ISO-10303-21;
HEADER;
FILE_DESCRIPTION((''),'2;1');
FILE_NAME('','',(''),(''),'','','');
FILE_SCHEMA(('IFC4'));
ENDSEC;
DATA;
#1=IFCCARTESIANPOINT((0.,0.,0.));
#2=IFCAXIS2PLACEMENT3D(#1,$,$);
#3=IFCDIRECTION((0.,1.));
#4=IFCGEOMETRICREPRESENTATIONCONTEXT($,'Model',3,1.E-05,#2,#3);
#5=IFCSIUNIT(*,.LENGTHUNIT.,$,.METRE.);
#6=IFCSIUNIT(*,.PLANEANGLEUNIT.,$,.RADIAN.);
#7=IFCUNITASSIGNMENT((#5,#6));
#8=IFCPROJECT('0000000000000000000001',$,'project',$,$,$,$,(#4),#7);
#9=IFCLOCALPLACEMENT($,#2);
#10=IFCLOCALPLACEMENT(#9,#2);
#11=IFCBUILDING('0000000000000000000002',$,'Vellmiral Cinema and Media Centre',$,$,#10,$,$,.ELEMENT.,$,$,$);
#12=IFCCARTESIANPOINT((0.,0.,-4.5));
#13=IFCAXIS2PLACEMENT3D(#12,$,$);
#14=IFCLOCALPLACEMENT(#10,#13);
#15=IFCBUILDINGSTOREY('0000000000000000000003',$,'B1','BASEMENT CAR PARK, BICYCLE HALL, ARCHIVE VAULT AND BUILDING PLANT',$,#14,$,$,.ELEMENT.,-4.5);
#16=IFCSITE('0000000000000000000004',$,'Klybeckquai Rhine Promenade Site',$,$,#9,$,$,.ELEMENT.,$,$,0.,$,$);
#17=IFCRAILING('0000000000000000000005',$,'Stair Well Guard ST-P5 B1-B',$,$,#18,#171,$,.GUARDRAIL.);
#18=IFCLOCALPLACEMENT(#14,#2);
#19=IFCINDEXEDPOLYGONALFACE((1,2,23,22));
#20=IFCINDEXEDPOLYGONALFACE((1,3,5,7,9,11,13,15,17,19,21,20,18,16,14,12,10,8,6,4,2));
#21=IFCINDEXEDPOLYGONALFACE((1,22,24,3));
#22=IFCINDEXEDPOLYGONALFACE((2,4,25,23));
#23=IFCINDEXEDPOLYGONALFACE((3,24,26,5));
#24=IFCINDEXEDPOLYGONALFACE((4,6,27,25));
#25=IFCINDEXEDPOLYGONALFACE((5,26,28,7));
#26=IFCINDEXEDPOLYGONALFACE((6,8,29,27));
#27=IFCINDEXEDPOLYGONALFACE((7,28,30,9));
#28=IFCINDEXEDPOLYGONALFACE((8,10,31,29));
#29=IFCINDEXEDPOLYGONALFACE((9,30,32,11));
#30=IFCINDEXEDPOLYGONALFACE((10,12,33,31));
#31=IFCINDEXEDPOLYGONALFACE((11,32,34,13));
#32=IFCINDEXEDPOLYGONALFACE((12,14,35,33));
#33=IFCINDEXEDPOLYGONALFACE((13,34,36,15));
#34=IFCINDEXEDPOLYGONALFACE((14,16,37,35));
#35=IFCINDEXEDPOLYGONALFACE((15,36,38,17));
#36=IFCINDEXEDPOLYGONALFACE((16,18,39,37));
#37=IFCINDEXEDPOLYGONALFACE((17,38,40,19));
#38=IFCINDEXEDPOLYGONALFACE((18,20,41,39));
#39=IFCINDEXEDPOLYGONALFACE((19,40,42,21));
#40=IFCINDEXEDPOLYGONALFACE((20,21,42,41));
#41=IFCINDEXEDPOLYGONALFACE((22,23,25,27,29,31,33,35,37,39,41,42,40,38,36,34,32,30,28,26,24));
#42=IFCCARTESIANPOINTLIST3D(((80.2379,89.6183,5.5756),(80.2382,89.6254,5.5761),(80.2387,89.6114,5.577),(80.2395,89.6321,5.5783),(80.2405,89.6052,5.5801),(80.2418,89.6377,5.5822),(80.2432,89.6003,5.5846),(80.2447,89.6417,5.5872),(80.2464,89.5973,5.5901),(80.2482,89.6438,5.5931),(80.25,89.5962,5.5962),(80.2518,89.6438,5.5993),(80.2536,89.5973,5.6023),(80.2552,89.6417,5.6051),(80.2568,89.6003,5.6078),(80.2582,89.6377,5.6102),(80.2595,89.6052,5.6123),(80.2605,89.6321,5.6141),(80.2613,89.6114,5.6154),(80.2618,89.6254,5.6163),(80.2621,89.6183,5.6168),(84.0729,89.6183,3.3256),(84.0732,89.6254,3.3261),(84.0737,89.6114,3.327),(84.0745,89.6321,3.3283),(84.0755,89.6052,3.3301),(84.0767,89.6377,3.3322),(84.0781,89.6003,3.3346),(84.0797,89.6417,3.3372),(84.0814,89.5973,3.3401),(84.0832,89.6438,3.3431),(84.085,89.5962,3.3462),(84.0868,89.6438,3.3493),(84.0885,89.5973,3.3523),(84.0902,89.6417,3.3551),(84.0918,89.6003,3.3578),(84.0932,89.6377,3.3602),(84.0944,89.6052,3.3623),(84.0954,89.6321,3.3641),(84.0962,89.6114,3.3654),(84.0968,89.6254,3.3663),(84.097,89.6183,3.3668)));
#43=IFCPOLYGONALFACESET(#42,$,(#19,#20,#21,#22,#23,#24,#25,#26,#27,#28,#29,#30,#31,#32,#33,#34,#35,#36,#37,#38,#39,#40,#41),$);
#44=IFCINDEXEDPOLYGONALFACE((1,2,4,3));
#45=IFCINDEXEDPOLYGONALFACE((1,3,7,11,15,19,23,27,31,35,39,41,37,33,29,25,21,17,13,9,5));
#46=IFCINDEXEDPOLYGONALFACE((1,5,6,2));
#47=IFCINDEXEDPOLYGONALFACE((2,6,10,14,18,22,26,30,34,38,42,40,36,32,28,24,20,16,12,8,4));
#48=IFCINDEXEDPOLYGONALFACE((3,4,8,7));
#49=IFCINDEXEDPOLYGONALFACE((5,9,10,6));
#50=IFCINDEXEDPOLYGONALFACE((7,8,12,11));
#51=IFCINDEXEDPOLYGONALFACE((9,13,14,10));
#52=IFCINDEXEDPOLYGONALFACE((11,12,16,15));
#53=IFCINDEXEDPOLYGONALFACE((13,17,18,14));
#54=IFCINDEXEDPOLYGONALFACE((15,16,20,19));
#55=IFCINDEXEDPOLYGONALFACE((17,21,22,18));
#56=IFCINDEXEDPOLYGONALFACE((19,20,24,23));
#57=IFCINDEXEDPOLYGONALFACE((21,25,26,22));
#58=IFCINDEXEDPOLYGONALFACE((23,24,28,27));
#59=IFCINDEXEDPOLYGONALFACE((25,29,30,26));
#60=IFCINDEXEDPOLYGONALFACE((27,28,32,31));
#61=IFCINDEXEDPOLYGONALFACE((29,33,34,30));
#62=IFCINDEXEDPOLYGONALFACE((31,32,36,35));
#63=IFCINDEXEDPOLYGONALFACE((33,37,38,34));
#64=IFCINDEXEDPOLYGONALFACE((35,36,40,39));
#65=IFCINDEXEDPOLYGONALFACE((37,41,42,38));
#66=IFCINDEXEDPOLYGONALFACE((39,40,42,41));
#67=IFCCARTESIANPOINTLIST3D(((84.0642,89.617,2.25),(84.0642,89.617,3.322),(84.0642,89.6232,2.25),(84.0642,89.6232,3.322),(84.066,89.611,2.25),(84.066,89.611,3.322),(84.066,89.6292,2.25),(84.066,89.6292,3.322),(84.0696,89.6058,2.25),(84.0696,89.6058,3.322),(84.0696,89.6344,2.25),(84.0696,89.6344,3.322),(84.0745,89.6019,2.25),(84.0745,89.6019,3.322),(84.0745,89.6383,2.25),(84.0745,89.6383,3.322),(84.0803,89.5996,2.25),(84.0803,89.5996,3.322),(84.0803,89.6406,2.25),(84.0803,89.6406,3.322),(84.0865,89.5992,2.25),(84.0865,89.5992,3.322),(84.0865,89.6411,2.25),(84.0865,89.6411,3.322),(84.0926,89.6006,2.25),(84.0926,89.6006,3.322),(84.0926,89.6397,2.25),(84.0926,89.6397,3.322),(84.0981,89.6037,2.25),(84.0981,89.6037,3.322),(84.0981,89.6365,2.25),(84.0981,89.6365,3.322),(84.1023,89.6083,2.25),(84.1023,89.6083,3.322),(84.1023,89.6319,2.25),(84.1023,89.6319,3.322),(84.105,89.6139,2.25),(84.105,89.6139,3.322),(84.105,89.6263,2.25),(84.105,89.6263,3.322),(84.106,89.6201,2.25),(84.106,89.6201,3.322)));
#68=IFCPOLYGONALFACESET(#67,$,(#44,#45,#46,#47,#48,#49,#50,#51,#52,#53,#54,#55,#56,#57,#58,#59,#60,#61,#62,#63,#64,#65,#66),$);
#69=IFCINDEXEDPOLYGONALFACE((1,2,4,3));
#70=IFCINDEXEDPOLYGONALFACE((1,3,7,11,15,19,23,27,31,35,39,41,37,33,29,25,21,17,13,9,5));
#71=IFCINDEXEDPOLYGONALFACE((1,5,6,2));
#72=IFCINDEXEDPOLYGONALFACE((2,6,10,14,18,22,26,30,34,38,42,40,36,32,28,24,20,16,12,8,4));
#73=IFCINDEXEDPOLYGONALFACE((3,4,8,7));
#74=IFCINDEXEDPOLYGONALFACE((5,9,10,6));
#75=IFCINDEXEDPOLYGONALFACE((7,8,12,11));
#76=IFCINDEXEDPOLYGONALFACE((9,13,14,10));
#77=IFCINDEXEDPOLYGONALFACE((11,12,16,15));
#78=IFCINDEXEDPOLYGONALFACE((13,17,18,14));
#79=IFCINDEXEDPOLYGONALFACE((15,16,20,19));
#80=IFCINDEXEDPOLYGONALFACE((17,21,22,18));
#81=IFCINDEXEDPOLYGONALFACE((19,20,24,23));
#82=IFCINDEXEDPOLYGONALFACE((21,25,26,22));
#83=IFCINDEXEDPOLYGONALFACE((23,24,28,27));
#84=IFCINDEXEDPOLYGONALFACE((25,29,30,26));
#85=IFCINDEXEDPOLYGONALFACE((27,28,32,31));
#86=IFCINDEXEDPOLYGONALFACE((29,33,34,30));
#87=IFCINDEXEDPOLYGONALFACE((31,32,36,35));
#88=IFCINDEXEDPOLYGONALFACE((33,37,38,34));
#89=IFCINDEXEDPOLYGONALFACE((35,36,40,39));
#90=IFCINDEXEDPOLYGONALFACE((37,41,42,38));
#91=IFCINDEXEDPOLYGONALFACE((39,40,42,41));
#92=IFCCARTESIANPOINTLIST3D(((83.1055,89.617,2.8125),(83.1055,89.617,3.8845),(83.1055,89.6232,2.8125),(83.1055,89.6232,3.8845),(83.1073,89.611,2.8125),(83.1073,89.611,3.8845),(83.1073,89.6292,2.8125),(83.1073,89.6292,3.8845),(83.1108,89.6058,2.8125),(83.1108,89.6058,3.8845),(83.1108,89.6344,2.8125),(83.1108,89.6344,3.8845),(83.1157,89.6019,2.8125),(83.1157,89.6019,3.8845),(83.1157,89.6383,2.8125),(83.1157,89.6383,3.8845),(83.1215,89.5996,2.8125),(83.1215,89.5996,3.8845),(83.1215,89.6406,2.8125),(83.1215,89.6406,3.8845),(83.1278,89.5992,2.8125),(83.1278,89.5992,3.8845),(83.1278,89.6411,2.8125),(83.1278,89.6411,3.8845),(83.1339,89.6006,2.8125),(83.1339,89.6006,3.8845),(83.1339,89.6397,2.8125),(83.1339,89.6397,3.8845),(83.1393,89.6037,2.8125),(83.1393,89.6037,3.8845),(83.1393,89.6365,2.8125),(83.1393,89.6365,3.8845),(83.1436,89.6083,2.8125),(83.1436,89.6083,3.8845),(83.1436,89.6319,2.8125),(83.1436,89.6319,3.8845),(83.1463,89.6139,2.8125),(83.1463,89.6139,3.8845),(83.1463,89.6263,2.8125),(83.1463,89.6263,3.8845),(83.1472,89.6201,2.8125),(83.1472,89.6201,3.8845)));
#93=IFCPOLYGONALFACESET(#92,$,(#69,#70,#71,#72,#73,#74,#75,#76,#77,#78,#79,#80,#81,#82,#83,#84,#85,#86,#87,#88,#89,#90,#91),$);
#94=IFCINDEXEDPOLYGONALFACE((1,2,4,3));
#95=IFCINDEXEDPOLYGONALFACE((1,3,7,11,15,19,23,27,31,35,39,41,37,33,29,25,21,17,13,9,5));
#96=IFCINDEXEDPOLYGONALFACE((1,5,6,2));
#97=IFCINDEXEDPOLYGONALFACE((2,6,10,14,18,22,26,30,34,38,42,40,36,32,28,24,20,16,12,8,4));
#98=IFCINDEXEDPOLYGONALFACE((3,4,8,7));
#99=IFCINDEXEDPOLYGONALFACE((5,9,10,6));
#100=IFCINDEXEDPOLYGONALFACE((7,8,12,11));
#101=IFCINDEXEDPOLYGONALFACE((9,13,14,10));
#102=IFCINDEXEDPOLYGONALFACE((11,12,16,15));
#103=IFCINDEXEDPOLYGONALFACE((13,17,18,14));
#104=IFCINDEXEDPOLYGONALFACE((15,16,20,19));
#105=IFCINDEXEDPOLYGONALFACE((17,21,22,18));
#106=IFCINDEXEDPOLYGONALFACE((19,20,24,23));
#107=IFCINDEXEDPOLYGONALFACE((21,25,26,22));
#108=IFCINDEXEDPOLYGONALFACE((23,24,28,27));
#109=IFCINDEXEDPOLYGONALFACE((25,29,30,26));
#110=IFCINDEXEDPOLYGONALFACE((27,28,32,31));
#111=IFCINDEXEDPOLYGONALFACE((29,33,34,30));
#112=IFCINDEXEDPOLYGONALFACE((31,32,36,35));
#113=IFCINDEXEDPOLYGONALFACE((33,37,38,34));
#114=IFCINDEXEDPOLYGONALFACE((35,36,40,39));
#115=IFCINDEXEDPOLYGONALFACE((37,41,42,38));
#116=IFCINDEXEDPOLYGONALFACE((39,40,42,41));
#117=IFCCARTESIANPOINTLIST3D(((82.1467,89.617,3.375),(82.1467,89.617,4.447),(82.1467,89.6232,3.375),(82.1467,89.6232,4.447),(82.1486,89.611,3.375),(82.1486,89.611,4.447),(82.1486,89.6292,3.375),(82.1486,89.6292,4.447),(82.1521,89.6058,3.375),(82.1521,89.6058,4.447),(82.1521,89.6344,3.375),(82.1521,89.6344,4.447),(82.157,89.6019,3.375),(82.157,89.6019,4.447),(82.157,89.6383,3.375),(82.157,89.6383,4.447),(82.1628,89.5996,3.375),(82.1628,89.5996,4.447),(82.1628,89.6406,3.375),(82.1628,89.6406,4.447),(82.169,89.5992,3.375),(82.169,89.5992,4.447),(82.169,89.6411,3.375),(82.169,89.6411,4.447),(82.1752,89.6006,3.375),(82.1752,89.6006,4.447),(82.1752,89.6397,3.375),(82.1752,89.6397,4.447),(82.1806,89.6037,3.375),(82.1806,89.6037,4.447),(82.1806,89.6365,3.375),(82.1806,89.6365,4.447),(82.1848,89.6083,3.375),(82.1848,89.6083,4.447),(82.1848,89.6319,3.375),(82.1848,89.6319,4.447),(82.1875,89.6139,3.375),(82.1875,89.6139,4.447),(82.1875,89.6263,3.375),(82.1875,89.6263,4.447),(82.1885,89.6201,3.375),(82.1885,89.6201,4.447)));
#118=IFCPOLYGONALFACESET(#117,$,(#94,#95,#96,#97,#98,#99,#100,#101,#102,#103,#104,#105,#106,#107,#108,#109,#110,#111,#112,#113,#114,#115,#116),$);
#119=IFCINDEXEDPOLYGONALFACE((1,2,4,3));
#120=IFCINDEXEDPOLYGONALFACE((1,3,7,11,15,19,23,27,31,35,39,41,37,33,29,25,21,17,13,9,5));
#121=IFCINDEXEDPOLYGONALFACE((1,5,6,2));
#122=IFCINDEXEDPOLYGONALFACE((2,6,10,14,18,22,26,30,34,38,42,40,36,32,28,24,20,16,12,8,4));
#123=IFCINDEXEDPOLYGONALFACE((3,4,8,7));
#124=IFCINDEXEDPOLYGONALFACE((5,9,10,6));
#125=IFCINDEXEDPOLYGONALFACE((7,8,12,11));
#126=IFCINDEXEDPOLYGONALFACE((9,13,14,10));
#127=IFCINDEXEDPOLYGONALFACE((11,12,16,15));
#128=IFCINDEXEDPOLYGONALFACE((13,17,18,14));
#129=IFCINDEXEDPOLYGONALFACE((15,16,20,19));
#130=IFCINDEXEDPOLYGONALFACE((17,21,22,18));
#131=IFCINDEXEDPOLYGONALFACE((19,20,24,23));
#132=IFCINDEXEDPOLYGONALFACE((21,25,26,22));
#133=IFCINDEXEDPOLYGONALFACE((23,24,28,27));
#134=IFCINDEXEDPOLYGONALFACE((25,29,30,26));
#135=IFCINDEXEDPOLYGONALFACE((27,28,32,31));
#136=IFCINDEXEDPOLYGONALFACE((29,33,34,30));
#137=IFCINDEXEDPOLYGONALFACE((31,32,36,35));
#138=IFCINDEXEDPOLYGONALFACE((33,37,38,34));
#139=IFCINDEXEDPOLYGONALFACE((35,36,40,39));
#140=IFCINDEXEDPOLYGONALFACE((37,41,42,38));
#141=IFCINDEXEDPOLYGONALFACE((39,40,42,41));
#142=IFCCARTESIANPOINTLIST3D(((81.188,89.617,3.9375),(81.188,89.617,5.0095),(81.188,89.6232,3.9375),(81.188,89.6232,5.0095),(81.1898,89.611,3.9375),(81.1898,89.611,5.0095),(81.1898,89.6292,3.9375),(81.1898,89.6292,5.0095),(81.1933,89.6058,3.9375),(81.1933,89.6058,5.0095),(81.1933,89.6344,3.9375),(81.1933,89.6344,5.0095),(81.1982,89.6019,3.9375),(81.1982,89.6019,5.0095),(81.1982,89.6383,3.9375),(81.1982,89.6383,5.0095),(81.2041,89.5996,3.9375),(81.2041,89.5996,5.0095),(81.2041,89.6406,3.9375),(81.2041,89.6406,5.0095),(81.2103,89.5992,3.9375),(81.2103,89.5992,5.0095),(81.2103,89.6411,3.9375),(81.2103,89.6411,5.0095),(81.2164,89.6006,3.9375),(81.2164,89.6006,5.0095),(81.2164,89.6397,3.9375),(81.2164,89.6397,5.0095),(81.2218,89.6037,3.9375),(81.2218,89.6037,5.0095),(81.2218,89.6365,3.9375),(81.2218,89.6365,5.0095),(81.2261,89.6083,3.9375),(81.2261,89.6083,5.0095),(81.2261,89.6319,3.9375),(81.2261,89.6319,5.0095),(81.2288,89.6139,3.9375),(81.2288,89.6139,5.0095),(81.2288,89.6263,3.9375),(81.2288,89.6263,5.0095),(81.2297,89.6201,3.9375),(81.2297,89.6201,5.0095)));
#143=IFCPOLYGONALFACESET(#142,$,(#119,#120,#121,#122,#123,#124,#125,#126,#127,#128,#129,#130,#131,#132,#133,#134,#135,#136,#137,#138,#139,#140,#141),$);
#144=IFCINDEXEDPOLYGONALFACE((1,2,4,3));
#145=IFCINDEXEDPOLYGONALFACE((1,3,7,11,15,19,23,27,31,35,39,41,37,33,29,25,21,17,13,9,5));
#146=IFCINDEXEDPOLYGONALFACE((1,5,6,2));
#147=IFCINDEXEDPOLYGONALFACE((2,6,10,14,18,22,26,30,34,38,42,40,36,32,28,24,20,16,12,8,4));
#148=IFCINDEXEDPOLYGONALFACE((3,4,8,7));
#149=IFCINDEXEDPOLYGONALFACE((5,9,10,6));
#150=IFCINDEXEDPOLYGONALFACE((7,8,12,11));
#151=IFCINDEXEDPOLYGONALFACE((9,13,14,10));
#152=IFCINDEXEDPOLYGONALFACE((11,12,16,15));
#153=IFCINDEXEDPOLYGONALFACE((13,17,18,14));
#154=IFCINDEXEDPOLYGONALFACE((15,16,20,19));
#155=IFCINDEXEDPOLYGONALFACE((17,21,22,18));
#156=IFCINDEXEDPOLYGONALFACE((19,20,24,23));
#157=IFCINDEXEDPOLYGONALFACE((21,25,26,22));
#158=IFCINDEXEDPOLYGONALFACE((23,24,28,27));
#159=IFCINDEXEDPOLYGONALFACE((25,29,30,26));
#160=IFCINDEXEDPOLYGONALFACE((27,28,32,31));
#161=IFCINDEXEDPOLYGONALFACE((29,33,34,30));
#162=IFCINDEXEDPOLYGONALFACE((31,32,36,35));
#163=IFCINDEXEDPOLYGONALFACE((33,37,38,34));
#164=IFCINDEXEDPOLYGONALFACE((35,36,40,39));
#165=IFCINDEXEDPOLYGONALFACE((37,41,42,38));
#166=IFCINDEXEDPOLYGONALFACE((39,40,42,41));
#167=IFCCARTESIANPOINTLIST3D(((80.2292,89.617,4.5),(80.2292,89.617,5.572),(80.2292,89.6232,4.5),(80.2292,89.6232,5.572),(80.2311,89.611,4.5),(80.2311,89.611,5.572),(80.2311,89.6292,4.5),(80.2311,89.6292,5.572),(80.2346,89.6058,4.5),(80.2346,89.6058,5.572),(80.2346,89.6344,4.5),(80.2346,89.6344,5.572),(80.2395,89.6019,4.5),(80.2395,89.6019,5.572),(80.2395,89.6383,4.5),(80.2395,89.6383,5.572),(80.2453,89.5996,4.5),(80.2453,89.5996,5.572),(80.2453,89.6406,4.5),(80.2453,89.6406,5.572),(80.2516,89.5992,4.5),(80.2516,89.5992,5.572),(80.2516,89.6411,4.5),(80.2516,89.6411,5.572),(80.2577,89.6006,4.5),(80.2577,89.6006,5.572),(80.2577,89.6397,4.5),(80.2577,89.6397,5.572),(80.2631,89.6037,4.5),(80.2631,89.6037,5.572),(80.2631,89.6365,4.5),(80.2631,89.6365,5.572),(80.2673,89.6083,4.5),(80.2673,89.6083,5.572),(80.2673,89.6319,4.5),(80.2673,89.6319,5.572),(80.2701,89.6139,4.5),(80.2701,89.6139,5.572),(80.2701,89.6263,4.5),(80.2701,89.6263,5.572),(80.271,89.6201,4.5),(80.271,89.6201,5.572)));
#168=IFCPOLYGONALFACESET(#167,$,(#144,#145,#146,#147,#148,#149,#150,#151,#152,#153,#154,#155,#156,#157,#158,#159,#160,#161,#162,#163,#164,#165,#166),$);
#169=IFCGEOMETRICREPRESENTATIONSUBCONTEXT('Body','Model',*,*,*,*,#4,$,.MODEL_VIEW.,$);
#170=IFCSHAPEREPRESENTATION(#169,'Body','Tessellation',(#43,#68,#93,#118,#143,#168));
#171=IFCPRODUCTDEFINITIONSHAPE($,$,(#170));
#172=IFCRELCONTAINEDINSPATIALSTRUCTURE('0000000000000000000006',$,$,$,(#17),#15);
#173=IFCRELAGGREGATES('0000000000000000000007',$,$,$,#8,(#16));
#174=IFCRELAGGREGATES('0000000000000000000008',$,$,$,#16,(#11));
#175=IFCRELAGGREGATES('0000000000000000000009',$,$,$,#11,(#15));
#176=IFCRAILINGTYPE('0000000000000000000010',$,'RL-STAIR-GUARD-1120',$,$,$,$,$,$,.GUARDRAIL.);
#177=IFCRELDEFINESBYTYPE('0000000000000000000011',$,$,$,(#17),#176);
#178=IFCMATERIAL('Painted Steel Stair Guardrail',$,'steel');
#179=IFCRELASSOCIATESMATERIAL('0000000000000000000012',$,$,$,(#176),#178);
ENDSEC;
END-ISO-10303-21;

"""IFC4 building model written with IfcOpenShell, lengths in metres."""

from ifc_helpers import new_model, si_unit, direction, frame, origin, origin_2d, place, context, subcontext, project, spatial, circle, extrude, material, type_object, element, save


model = new_model("IFC4")

# Units and contexts
model_context = context("Model", 3, precision=1e-05, world=origin(), true_north=direction((0.0, 1.0)))
body_context = subcontext(model_context, "Body", "Model", "MODEL_VIEW")
ifc_project = project(units=[si_unit("LENGTHUNIT", "METRE"), si_unit("PLANEANGLEUNIT", "RADIAN")], contexts=[model_context])

# Site, building, storey
site_placement = place(None, origin())
site = spatial("IfcSite", under=ifc_project, at=site_placement, Name="Klybeckquai Rhine Promenade Site", CompositionType="ELEMENT", RefElevation=0.0)
building_placement = place(site_placement, origin())
building = spatial("IfcBuilding", under=site, at=building_placement, Name="Vellmiral Cinema and Media Centre", CompositionType="ELEMENT")
storey_placement = place(building_placement, frame((0.0, 0.0, -4.5)))
storey = spatial("IfcBuildingStorey", under=building, at=storey_placement, Name="B1", Description="BASEMENT CAR PARK, BICYCLE HALL, ARCHIVE VAULT AND BUILDING PLANT", CompositionType="ELEMENT", Elevation=-4.5)

# Railing
ifc_material_1 = material(Name="Painted Steel Stair Guardrail", Category="steel")
railing_type_1 = type_object("IfcRailingType", Name="RL-STAIR-GUARD-1120", PredefinedType="GUARDRAIL", material=ifc_material_1)
railing_1_placement = place(storey_placement, frame((84.085, 89.6201, 2.25)))
element("IfcRailing", 1, at=railing_1_placement, inside=storey, type_object=railing_type_1, Name="Stair Well Guard ST-P5 B1-B", PredefinedType="GUARDRAIL", context=body_context, shape_type="SweptSolid", body=[
    extrude(circle(Radius=0.0239, at=origin_2d()), frame((0.0, 0.0, 1.0962), z_axis=(-0.86251, 0.0, 0.506041), x_axis=(0.0, -1.0, 0.0)), (0.0, 0.0, 1.0), 4.4463),
    extrude(circle(Radius=0.021, at=origin_2d()), origin(), (0.0, 0.0, 1.0), 1.072),
    extrude(circle(Radius=0.021, at=origin_2d()), frame((-0.9587, 0.0, 0.5625)), (0.0, 0.0, 1.0), 1.072),
    extrude(circle(Radius=0.021, at=origin_2d()), frame((-1.9175, 0.0, 1.125)), (0.0, 0.0, 1.0), 1.072),
    extrude(circle(Radius=0.021, at=origin_2d()), frame((-2.8762, 0.0, 1.6875)), (0.0, 0.0, 1.0), 1.072),
    extrude(circle(Radius=0.021, at=origin_2d()), frame((-3.835, 0.0, 2.25)), (0.0, 0.0, 1.0), 1.072),
])

save(model, "model.ifc")
